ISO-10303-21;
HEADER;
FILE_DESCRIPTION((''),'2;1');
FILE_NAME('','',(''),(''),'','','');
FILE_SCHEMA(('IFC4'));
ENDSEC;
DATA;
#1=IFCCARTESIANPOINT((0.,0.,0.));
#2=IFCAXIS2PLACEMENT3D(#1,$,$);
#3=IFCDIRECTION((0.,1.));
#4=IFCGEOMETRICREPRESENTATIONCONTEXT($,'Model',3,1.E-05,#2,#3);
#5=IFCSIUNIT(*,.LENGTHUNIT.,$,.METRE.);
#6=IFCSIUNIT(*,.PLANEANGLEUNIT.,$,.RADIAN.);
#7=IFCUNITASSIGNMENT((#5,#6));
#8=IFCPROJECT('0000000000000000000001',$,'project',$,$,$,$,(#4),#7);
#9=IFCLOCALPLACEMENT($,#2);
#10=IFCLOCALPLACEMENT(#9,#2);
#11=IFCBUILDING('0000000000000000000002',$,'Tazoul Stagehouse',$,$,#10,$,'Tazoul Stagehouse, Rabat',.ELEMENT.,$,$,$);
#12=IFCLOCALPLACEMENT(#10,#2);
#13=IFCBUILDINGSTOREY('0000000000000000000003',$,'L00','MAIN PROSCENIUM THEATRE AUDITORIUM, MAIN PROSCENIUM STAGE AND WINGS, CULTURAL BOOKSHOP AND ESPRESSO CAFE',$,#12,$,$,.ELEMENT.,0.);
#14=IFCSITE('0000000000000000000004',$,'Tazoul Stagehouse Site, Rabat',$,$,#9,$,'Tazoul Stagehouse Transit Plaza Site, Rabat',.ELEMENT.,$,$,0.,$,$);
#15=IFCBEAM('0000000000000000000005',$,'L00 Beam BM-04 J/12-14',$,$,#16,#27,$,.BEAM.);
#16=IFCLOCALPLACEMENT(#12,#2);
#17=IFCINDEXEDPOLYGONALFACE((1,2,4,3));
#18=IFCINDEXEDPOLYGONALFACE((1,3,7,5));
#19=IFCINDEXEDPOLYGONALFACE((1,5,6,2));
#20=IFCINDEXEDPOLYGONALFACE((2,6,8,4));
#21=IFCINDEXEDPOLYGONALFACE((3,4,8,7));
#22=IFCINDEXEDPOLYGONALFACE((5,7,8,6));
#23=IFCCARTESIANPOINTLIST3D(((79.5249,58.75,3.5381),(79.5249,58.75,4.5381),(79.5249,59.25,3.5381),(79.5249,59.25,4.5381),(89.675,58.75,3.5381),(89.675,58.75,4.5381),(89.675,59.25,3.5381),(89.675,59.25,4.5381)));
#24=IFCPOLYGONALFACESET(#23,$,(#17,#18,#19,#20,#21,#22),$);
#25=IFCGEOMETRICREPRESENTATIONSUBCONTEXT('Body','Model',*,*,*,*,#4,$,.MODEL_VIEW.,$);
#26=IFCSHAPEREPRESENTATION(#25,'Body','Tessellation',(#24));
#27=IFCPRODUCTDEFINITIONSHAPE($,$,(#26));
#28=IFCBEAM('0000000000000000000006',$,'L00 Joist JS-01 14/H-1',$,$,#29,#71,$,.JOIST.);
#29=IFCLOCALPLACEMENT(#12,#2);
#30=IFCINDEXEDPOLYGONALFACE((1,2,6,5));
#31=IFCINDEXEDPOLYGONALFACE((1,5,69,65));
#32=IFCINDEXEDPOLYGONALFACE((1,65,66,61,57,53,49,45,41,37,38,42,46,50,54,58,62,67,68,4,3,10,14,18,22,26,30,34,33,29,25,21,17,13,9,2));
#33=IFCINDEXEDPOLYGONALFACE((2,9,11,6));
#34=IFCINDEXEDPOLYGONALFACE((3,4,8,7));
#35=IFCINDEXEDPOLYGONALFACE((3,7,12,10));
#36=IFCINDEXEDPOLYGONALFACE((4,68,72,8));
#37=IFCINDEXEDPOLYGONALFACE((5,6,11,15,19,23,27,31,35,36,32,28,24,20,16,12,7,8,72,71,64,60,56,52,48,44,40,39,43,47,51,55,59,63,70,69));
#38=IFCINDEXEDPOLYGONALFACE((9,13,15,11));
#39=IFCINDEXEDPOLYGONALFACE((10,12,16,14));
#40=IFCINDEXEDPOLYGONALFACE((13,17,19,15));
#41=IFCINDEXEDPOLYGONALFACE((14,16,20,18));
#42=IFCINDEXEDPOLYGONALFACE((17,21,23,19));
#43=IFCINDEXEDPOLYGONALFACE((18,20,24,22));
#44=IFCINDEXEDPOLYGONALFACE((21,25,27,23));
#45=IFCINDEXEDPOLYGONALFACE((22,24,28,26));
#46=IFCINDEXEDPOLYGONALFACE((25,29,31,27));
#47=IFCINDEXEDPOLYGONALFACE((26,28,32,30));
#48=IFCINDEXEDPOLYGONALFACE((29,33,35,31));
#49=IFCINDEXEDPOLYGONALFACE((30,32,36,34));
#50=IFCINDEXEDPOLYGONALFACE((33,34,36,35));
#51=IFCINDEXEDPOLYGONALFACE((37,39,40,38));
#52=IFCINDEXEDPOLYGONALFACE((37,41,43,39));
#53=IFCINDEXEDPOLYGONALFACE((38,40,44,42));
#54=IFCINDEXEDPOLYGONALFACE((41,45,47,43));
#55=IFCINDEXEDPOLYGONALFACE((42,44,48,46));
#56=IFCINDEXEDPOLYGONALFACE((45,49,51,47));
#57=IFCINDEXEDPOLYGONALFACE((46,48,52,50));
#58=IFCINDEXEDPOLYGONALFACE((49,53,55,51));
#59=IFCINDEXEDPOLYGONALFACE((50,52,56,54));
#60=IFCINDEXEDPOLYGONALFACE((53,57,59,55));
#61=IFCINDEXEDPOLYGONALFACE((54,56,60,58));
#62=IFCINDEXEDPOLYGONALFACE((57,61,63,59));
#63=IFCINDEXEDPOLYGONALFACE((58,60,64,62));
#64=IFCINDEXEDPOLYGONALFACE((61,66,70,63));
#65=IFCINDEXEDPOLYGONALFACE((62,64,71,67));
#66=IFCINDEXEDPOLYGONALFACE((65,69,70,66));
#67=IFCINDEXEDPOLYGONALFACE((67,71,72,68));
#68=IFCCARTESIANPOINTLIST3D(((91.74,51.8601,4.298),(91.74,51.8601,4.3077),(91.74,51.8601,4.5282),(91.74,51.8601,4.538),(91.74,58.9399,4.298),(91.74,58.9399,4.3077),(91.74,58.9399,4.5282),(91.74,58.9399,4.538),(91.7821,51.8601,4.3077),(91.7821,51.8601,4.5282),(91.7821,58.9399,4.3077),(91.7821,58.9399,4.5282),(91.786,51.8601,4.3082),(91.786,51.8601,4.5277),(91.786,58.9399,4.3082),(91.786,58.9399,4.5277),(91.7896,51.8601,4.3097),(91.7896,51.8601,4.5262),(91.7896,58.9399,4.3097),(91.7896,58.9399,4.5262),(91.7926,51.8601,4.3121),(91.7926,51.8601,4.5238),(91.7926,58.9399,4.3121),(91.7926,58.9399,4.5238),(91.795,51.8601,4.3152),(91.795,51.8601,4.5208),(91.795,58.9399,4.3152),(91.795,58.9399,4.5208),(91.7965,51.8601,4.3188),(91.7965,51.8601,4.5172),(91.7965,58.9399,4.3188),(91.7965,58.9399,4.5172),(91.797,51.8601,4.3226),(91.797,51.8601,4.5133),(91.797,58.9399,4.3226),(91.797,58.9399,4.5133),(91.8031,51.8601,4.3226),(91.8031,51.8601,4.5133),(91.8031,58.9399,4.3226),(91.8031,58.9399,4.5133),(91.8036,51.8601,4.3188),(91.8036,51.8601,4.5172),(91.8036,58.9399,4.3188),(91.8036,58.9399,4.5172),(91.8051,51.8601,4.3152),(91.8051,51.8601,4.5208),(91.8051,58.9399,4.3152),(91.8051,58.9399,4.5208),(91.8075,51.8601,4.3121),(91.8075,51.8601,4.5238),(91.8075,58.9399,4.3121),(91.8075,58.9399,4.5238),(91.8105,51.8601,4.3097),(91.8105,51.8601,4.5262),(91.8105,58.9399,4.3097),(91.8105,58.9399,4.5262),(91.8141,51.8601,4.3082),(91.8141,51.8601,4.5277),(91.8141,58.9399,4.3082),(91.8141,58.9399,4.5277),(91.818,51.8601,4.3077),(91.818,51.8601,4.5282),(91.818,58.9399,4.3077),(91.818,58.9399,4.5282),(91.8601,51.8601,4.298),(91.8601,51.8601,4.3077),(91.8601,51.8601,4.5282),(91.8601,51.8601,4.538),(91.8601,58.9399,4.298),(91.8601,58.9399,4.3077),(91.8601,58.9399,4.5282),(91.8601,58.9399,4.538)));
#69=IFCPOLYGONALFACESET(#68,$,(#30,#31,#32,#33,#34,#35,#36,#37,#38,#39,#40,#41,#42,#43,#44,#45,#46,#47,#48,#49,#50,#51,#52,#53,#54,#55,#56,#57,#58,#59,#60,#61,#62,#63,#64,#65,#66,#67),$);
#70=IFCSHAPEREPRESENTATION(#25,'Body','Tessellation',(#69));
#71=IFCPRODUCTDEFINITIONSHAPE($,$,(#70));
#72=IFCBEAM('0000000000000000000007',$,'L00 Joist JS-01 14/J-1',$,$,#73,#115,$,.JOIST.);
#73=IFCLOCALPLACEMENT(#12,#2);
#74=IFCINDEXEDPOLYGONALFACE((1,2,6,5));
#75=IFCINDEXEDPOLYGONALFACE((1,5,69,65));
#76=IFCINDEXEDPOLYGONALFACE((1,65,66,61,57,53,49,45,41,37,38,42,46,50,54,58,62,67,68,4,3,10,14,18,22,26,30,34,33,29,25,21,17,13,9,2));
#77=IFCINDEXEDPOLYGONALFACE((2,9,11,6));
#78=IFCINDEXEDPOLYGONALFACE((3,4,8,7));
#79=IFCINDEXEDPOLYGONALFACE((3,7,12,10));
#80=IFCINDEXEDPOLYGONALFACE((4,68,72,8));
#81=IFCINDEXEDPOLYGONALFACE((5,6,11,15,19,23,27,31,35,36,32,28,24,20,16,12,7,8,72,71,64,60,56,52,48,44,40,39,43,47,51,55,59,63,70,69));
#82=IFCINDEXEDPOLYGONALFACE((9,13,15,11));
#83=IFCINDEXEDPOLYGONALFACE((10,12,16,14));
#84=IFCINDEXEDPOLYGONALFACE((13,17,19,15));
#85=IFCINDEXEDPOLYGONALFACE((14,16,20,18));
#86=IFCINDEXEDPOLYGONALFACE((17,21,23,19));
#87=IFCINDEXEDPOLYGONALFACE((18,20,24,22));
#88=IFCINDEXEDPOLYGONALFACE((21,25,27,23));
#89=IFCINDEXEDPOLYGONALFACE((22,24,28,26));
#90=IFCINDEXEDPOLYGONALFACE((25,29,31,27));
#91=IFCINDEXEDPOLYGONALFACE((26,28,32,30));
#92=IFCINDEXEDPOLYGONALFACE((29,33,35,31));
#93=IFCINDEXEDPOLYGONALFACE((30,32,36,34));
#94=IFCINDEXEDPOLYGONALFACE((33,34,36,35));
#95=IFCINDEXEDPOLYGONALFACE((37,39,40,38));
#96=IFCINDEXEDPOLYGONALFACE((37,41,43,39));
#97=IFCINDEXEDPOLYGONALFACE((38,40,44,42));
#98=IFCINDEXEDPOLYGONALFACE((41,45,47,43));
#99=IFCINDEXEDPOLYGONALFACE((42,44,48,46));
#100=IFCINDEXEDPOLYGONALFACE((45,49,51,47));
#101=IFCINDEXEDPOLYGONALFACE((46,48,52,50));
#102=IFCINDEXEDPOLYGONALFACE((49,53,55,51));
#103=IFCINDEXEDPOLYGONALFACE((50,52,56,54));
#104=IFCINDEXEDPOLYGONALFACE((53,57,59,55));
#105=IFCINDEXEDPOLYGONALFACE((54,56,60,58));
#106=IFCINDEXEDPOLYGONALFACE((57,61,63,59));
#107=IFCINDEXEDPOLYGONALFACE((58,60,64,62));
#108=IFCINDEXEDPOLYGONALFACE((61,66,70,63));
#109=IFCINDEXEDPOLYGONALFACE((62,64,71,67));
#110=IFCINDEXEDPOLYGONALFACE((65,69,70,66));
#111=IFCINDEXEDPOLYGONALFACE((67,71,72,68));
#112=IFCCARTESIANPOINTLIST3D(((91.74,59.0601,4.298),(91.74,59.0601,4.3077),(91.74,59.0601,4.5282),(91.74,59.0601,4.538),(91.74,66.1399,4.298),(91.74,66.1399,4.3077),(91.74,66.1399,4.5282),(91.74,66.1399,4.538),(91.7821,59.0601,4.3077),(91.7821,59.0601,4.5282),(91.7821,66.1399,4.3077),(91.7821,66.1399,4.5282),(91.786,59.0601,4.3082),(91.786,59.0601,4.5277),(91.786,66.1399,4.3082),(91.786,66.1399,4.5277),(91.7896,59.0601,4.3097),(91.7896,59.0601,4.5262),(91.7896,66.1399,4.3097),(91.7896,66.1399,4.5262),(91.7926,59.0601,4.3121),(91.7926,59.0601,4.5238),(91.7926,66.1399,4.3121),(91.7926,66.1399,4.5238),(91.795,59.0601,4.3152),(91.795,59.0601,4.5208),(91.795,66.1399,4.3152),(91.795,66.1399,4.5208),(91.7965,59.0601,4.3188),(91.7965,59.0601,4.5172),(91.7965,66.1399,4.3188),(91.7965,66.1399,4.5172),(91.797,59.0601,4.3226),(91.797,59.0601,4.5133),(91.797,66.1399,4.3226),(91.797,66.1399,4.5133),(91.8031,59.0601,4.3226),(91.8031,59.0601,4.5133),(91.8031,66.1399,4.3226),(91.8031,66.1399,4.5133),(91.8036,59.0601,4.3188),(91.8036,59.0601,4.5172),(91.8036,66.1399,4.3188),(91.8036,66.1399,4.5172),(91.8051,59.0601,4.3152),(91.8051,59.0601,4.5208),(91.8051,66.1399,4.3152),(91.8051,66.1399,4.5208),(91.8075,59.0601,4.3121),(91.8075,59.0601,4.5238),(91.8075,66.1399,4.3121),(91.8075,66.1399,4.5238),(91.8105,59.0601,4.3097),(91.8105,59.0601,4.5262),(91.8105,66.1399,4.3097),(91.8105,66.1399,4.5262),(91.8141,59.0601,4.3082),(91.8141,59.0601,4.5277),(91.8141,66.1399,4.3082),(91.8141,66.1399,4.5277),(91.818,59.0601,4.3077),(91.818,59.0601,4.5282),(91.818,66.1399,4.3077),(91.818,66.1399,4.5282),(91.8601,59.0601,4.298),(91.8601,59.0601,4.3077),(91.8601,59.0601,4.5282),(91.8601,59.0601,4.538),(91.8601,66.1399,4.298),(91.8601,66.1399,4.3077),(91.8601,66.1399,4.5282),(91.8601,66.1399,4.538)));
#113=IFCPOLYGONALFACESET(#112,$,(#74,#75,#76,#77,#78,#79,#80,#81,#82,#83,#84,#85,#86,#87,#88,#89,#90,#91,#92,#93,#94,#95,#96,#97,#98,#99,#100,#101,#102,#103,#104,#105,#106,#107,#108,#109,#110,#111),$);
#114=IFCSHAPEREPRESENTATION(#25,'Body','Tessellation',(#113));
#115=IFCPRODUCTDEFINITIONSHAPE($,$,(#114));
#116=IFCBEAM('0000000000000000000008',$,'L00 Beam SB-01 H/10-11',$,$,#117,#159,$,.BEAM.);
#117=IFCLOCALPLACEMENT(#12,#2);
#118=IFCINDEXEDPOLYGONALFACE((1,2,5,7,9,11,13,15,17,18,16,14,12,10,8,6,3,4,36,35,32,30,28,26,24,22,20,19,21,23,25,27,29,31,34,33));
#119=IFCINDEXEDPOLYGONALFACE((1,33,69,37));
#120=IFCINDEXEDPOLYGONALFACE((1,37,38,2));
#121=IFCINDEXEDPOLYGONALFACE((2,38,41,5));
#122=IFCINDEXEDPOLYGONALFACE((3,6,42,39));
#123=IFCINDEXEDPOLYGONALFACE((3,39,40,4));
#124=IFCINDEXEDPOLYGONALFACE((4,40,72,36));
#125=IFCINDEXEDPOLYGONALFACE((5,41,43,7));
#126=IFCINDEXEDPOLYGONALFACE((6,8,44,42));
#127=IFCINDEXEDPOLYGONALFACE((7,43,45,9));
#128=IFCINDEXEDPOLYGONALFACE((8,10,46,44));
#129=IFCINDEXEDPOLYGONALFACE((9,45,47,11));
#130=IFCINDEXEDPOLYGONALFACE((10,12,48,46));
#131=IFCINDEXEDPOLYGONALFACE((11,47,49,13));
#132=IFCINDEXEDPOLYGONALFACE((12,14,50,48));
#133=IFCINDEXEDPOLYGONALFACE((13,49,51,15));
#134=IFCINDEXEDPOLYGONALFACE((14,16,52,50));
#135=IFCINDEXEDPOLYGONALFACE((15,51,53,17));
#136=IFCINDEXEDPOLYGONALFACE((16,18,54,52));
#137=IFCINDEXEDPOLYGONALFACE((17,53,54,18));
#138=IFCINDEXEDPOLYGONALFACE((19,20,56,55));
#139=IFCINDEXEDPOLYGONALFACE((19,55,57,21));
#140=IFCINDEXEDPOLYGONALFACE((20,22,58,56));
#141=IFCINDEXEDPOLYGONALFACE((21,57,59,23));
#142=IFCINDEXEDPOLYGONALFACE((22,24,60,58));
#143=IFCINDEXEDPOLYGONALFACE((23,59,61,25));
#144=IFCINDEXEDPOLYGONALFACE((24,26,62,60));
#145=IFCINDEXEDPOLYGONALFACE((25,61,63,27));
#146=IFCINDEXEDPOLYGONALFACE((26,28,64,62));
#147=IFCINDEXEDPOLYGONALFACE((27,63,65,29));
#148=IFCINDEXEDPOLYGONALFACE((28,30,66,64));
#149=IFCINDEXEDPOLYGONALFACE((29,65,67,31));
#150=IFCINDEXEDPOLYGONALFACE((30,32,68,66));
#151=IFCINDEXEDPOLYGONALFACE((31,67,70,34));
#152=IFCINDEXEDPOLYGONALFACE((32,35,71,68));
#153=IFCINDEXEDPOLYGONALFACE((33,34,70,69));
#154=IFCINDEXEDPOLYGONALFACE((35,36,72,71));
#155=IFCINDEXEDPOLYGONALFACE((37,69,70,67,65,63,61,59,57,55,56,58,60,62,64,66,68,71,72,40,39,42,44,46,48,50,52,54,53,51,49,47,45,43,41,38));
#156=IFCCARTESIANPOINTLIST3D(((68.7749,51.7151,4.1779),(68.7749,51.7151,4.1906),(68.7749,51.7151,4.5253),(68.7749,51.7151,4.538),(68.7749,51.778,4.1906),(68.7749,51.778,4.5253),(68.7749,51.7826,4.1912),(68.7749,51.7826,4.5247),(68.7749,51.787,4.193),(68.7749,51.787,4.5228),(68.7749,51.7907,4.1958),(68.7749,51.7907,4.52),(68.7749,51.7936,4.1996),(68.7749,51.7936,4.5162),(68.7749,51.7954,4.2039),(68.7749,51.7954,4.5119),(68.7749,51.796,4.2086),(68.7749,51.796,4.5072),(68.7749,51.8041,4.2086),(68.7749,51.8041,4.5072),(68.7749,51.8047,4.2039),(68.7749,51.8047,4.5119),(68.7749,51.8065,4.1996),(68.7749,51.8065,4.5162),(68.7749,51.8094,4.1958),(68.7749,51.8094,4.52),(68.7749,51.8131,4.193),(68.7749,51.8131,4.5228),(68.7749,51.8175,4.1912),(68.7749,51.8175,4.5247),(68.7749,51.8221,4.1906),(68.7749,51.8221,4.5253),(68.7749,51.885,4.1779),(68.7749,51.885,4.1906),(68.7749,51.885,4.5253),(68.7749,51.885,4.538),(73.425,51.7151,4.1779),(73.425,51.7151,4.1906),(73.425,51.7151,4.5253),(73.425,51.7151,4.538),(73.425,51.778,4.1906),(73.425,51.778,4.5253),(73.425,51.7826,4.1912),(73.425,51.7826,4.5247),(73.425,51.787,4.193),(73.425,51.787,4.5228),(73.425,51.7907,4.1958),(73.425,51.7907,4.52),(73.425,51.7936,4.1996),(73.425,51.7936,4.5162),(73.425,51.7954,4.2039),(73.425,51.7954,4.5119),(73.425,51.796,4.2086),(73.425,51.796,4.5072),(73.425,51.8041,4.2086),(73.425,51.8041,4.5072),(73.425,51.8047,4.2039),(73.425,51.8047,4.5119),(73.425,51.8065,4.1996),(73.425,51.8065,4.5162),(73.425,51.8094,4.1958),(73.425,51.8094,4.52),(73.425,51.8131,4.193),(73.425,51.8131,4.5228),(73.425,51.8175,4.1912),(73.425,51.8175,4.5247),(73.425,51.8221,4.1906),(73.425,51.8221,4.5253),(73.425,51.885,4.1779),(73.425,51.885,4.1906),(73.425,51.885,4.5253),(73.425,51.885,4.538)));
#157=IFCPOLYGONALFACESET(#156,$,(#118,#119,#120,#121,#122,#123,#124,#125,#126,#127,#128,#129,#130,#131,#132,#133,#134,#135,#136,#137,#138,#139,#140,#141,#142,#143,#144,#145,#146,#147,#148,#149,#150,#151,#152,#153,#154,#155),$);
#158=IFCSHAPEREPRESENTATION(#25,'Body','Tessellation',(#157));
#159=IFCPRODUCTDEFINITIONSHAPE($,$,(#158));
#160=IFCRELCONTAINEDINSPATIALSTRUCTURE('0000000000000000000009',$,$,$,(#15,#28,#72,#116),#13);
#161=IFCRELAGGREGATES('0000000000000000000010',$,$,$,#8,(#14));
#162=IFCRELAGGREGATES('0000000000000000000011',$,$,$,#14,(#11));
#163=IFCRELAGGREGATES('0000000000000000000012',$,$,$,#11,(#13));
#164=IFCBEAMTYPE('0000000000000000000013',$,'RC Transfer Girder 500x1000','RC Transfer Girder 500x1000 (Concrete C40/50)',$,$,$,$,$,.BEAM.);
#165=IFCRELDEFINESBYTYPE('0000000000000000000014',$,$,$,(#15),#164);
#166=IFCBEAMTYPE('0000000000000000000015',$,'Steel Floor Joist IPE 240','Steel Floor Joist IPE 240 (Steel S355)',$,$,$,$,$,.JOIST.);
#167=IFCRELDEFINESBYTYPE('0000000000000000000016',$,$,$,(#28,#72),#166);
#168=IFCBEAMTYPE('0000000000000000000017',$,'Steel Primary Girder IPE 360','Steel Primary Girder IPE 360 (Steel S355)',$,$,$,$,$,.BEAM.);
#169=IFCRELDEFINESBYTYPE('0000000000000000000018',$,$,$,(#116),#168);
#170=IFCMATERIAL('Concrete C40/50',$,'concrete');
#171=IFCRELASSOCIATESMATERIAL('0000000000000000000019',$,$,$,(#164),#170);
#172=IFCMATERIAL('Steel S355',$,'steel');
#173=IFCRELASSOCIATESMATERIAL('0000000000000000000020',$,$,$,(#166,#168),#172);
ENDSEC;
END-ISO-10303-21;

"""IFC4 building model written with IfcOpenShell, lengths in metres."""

from ifc_helpers import new_model, si_unit, direction, frame, origin, origin_2d, place, context, subcontext, project, spatial, rectangle, i_section, extrude, material, material_profile, profile_set, type_object, element, save


model = new_model("IFC4")

# Units and contexts
model_context = context("Model", 3, precision=1e-05, world=origin(), true_north=direction((0.0, 1.0)))
body_context = subcontext(model_context, "Body", "Model", "MODEL_VIEW")
ifc_project = project(units=[si_unit("LENGTHUNIT", "METRE"), si_unit("PLANEANGLEUNIT", "RADIAN")], contexts=[model_context])

# Site, building, storey
site_placement = place(None, origin())
site = spatial("IfcSite", under=ifc_project, at=site_placement, Name="Tazoul Stagehouse Site, Rabat", LongName="Tazoul Stagehouse Transit Plaza Site, Rabat", CompositionType="ELEMENT", RefElevation=0.0)
building_placement = place(site_placement, origin())
building = spatial("IfcBuilding", under=site, at=building_placement, Name="Tazoul Stagehouse", LongName="Tazoul Stagehouse, Rabat", CompositionType="ELEMENT")
storey_placement = place(building_placement, origin())
storey = spatial("IfcBuildingStorey", under=building, at=storey_placement, Name="L00", Description="MAIN PROSCENIUM THEATRE AUDITORIUM, MAIN PROSCENIUM STAGE AND WINGS, CULTURAL BOOKSHOP AND ESPRESSO CAFE", CompositionType="ELEMENT", Elevation=0.0)

# Shared definitions
ifc_material_1 = material(Name="Concrete C40/50", Category="concrete")

# Beams
ifc_material_profile_1 = material_profile(ifc_material_1, rectangle(XDim=0.5, YDim=1.0, at=origin_2d()), Name="RC 500x1000")
ifc_profile_set_1 = profile_set([ifc_material_profile_1], Name="Concrete C40/50")
beam_type_1 = type_object("IfcBeamType", Name="RC Transfer Girder 500x1000", Description="RC Transfer Girder 500x1000 (Concrete C40/50)", PredefinedType="BEAM", material=ifc_profile_set_1)
beam_1_placement = place(storey_placement, frame((79.5249, 59.0, 4.0381), z_axis=(1.0, 0.0, 0.0), x_axis=(0.0, 1.0, 0.0)))
element("IfcBeam", 1, at=beam_1_placement, inside=storey, type_object=beam_type_1, Name="L00 Beam BM-04 J/12-14", PredefinedType="BEAM", context=body_context, shape_type="SweptSolid", body=[
    extrude(rectangle(XDim=0.5, YDim=1.0, at=origin_2d()), origin(), (0.0, 0.0, 1.0), 10.1501),
])
ifc_material_2 = material(Name="Steel S355", Category="steel")
ifc_material_profile_2 = material_profile(ifc_material_2, i_section(OverallWidth=0.1201, OverallDepth=0.24, WebThickness=0.0061, FlangeThickness=0.0098, FilletRadius=0.0149, at=origin_2d()), Name="IPE 240")
ifc_profile_set_2 = profile_set([ifc_material_profile_2], Name="Steel S355")
beam_type_2 = type_object("IfcBeamType", Name="Steel Floor Joist IPE 240", Description="Steel Floor Joist IPE 240 (Steel S355)", PredefinedType="JOIST", material=ifc_profile_set_2)
for number, where, z_axis, x_axis, name in (
    (2, (91.8, 51.8601, 4.418), (0.0, 1.0, 0.0), (-1.0, 0.0, 0.0), "L00 Joist JS-01 14/H-1"),
    (3, (91.8, 59.0601, 4.418), (0.0, 1.0, 0.0), (-1.0, 0.0, 0.0), "L00 Joist JS-01 14/J-1"),
):
    element("IfcBeam", number, at=place(storey_placement, frame(where, z_axis=z_axis, x_axis=x_axis)), inside=storey, type_object=beam_type_2, Name=name, PredefinedType="JOIST", context=body_context, shape_type="SweptSolid", body=[
        extrude(i_section(OverallWidth=0.1201, OverallDepth=0.24, WebThickness=0.0061, FlangeThickness=0.0098, FilletRadius=0.0149, at=origin_2d()), origin(), (0.0, 0.0, 1.0), 7.0798),
    ])
ifc_material_profile_3 = material_profile(ifc_material_2, i_section(OverallWidth=0.1699, OverallDepth=0.3601, WebThickness=0.0081, FlangeThickness=0.0127, FilletRadius=0.0181, at=origin_2d()), Name="IPE 360")
ifc_profile_set_3 = profile_set([ifc_material_profile_3], Name="Steel S355")
beam_type_3 = type_object("IfcBeamType", Name="Steel Primary Girder IPE 360", Description="Steel Primary Girder IPE 360 (Steel S355)", PredefinedType="BEAM", material=ifc_profile_set_3)
beam_2_placement = place(storey_placement, frame((68.7749, 51.8, 4.3579), z_axis=(1.0, 0.0, 0.0), x_axis=(0.0, 1.0, 0.0)))
element("IfcBeam", 4, at=beam_2_placement, inside=storey, type_object=beam_type_3, Name="L00 Beam SB-01 H/10-11", PredefinedType="BEAM", context=body_context, shape_type="SweptSolid", body=[
    extrude(i_section(OverallWidth=0.1699, OverallDepth=0.3601, WebThickness=0.0081, FlangeThickness=0.0127, FilletRadius=0.0181, at=origin_2d()), origin(), (0.0, 0.0, 1.0), 4.6501),
])

save(model, "model.ifc")
